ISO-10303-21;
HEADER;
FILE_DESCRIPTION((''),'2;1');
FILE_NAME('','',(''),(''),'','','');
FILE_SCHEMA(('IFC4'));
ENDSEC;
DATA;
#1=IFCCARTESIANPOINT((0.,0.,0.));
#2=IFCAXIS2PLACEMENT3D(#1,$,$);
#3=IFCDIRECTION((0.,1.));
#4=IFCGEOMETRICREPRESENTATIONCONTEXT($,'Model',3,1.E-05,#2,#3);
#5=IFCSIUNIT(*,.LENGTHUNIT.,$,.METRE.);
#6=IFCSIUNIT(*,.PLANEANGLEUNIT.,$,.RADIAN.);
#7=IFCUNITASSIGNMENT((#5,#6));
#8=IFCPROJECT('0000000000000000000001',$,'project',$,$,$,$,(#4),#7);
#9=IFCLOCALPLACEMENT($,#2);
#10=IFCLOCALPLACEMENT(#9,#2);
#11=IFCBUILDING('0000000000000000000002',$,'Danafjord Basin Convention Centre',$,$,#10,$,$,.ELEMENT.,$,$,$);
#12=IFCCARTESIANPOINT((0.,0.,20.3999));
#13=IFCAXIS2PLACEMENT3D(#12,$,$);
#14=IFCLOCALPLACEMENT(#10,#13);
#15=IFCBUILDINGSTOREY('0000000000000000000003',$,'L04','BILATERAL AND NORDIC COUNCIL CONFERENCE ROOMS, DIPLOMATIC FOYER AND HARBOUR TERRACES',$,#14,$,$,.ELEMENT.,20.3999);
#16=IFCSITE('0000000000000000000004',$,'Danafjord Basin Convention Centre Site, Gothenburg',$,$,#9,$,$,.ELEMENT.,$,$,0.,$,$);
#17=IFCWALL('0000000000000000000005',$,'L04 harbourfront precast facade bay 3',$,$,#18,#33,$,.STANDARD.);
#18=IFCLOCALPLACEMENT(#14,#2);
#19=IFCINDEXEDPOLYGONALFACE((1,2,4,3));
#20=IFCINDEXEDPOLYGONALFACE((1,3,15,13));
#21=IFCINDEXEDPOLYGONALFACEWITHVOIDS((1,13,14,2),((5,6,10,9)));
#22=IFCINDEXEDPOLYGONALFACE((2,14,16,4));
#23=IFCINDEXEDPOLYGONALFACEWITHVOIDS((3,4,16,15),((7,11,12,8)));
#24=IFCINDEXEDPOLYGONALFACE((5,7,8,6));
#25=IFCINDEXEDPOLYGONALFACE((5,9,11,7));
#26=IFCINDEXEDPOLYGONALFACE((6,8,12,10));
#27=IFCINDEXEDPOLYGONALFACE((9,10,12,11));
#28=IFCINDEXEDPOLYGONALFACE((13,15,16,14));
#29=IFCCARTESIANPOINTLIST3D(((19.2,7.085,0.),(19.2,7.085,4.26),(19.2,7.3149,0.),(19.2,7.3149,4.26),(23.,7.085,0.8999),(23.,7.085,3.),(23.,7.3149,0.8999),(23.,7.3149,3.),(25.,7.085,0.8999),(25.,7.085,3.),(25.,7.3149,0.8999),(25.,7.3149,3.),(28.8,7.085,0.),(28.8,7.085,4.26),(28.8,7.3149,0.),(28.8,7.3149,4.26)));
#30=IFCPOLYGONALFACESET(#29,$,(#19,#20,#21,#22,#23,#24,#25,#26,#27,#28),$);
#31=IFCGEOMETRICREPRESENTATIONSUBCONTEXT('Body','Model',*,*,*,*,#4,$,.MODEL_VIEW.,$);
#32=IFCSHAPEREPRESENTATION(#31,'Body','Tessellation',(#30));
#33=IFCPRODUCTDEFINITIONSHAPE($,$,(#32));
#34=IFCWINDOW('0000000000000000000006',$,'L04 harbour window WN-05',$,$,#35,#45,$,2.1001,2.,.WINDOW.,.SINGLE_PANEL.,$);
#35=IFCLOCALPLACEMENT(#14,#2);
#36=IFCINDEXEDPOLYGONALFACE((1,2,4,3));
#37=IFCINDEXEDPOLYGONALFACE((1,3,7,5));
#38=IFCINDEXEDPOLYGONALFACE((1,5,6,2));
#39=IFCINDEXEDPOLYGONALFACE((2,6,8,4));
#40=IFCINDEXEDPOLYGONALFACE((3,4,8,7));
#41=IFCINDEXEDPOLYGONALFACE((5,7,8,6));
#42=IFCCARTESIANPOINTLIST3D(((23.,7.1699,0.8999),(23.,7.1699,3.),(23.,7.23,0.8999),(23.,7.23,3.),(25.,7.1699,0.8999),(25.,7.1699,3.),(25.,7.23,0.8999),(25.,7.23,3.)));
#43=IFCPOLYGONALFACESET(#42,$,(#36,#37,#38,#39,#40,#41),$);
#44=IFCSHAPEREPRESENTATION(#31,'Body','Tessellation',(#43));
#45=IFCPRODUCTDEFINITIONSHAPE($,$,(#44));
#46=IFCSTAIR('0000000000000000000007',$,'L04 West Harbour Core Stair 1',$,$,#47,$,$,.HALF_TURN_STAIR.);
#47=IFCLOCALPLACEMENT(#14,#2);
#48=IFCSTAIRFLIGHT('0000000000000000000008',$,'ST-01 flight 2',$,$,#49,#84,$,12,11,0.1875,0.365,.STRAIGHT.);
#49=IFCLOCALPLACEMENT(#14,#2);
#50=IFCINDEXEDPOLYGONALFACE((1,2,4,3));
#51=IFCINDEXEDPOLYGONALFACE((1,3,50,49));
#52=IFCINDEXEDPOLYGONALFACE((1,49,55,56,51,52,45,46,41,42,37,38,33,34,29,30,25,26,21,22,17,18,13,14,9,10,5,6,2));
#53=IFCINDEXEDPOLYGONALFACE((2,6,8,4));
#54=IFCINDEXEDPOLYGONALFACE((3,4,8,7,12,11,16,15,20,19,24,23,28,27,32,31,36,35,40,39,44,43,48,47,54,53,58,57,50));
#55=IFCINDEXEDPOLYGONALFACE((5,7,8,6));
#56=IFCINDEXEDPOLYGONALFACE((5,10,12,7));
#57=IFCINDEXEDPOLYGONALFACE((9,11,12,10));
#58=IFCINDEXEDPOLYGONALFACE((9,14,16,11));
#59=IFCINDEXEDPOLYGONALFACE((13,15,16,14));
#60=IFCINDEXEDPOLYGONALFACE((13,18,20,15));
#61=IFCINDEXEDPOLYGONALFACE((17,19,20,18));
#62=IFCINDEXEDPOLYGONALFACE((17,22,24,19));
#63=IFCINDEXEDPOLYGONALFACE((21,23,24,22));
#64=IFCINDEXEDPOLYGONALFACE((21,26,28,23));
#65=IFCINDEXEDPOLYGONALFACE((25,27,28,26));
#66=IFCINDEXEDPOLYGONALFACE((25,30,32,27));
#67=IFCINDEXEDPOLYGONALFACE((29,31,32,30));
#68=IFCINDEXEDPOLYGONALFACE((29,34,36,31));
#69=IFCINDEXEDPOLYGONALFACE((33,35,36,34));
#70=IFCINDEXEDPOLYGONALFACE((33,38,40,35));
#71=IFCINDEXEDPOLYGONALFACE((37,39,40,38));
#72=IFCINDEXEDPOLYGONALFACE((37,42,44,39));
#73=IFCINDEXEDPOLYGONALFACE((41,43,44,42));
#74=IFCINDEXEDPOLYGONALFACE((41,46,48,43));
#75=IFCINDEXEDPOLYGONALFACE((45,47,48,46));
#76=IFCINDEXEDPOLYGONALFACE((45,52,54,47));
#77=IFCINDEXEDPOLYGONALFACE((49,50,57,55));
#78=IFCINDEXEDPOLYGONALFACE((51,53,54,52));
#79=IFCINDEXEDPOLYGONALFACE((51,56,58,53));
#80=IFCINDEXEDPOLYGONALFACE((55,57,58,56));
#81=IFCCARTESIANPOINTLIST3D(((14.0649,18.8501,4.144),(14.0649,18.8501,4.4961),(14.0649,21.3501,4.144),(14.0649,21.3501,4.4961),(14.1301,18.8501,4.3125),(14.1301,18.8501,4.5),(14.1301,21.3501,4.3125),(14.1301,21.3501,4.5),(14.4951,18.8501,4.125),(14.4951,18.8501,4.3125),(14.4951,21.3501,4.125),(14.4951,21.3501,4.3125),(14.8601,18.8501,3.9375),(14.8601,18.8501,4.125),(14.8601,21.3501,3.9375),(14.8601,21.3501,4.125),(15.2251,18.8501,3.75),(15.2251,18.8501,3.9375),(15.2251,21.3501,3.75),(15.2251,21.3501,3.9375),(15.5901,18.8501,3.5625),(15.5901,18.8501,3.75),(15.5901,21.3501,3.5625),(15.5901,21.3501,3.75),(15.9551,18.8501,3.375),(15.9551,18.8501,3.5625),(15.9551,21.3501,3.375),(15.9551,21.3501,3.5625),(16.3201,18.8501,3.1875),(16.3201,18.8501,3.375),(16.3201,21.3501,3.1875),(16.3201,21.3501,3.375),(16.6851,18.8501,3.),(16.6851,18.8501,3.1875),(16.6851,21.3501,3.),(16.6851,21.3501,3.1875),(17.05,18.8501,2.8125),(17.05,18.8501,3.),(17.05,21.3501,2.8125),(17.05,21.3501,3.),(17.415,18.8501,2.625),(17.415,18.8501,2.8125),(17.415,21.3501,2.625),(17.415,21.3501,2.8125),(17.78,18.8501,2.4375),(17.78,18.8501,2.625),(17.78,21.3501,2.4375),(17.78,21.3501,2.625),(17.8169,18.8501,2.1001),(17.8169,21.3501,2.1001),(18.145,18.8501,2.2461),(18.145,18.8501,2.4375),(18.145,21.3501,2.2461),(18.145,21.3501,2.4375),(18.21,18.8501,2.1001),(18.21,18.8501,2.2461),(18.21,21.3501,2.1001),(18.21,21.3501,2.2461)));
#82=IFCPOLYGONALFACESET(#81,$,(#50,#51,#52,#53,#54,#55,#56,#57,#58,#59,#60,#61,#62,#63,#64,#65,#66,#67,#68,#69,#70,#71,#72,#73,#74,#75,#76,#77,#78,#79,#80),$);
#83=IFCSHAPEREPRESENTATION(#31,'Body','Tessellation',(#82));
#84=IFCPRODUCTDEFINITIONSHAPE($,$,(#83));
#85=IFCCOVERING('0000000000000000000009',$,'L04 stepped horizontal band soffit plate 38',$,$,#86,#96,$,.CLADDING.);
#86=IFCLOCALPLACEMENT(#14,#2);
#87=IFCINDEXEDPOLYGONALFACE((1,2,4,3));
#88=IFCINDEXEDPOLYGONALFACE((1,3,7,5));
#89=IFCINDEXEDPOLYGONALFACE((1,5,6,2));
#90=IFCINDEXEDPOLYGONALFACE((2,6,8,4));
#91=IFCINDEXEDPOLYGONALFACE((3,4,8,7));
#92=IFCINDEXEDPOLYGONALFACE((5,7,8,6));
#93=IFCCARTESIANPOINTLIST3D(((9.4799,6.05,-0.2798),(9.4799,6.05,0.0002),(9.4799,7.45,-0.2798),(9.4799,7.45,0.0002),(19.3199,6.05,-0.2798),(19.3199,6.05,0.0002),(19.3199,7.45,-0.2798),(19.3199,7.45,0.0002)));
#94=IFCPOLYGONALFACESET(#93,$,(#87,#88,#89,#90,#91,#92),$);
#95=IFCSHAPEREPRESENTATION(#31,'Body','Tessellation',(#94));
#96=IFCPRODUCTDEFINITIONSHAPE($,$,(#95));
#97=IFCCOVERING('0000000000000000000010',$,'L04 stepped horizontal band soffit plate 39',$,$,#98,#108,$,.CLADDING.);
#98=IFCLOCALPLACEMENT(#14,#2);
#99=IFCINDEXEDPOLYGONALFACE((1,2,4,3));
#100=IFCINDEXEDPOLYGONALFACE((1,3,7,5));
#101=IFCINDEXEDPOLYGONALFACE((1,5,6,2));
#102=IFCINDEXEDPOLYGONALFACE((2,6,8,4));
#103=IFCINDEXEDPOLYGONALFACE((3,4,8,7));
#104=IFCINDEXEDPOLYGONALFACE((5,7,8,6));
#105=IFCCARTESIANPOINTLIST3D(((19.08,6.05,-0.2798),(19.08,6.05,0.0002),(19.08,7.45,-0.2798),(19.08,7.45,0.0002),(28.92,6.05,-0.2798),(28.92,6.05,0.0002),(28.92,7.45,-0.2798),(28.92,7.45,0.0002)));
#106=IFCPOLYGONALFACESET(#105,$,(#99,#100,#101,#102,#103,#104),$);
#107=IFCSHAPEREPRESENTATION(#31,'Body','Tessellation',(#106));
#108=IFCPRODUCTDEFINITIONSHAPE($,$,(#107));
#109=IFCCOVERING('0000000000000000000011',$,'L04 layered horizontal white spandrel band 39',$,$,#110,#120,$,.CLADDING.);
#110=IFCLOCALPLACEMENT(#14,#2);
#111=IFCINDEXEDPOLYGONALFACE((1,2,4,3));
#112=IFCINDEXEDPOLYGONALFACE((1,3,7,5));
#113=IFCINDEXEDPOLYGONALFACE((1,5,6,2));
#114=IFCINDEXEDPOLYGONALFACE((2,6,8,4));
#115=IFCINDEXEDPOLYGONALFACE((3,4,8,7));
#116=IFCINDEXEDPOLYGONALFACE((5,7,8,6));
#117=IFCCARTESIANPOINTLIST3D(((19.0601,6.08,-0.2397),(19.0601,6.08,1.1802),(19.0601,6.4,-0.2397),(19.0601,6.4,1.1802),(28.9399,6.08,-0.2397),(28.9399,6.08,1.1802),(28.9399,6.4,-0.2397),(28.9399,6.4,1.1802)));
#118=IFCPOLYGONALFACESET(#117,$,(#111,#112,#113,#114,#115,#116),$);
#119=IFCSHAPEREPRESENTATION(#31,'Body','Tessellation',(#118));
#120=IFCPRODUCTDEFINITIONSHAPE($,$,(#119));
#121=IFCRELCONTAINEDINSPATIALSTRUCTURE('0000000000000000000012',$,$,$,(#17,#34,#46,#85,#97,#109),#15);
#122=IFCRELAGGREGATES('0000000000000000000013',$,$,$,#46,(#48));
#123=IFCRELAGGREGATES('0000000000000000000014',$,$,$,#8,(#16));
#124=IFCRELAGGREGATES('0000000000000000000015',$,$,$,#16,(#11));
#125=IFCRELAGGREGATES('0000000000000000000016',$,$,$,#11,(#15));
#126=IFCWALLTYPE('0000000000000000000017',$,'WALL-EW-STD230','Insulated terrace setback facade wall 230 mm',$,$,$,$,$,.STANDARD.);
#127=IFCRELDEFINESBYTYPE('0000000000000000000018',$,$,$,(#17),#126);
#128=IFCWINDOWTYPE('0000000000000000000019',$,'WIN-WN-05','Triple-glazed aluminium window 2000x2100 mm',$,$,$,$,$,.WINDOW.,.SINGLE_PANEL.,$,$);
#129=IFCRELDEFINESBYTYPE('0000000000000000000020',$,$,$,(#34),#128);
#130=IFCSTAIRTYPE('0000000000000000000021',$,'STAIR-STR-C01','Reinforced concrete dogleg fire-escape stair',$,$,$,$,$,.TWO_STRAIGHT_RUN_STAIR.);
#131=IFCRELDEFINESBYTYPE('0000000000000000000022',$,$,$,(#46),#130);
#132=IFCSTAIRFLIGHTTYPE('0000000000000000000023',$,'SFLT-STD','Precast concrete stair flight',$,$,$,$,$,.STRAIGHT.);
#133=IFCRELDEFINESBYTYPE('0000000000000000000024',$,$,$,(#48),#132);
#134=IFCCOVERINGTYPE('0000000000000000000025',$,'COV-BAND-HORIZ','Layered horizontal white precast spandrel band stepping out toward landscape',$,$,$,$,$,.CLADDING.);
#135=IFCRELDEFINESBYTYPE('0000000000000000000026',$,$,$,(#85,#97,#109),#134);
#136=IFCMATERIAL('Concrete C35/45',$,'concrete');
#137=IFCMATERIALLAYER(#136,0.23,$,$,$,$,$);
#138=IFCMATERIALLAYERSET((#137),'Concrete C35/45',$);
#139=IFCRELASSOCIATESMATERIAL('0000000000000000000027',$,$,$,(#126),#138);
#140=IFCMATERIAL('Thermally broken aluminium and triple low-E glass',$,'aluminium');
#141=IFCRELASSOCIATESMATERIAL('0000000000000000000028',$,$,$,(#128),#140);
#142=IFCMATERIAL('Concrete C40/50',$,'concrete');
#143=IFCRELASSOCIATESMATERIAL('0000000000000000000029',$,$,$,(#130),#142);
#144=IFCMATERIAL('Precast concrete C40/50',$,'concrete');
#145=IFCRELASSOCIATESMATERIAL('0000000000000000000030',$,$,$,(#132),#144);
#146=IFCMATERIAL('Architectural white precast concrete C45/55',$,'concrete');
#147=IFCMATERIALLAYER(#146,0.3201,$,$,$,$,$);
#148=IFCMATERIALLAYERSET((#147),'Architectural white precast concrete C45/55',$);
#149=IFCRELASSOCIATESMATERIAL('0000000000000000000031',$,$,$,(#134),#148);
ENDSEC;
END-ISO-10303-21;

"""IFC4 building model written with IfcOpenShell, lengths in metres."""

from ifc_helpers import new_model, si_unit, direction, frame, frame_2d, origin, origin_2d, place, context, subcontext, project, spatial, polyline, rectangle, outline, extrude, material, layer, layer_set, type_object, element, fill, aggregate, save


model = new_model("IFC4")

# Units and contexts
model_context = context("Model", 3, precision=1e-05, world=origin(), true_north=direction((0.0, 1.0)))
body_context = subcontext(model_context, "Body", "Model", "MODEL_VIEW")
ifc_project = project(units=[si_unit("LENGTHUNIT", "METRE"), si_unit("PLANEANGLEUNIT", "RADIAN")], contexts=[model_context])

# Site, building, storey
site_placement = place(None, origin())
site = spatial("IfcSite", under=ifc_project, at=site_placement, Name="Danafjord Basin Convention Centre Site, Gothenburg", CompositionType="ELEMENT", RefElevation=0.0)
building_placement = place(site_placement, origin())
building = spatial("IfcBuilding", under=site, at=building_placement, Name="Danafjord Basin Convention Centre", CompositionType="ELEMENT")
storey_placement = place(building_placement, frame((0.0, 0.0, 20.3999)))
storey = spatial("IfcBuildingStorey", under=building, at=storey_placement, Name="L04", Description="BILATERAL AND NORDIC COUNCIL CONFERENCE ROOMS, DIPLOMATIC FOYER AND HARBOUR TERRACES", CompositionType="ELEMENT", Elevation=20.3999)

# Shared definitions
ifc_material_1 = material(Name="Concrete C40/50", Category="concrete")

# Wall, opening, window
ifc_material_2 = material(Name="Concrete C35/45", Category="concrete")
ifc_layer_1 = layer(ifc_material_2, 0.23)
ifc_layer_set_1 = layer_set([ifc_layer_1], Name="Concrete C35/45")
wall_type_1 = type_object("IfcWallType", Name="WALL-EW-STD230", Description="Insulated terrace setback facade wall 230 mm", PredefinedType="STANDARD", material=ifc_layer_set_1)
wall_1_placement = place(storey_placement, frame((19.2, 7.2, 0.0), z_axis=(0.0, 0.0, 1.0), x_axis=(1.0, 0.0, 0.0)))
wall_1 = element("IfcWall", 1, at=wall_1_placement, inside=storey, type_object=wall_type_1, Name="L04 harbourfront precast facade bay 3", PredefinedType="STANDARD", context=body_context, shape_type="SweptSolid", body=[
    extrude(rectangle(XDim=9.6001, YDim=0.23, at=frame_2d((4.8, 0.0))), origin(), (0.0, 0.0, 1.0), 4.26),
])
opening_placement = place(wall_1_placement, frame((3.8, 0.0, 0.8999)))
opening = element("IfcOpeningElement", 2, at=opening_placement, cuts=wall_1, PredefinedType="OPENING", context=body_context, shape_type="SweptSolid", body=[
    extrude(rectangle(XDim=2.0, YDim=2.1001, at=frame_2d((1.0, 1.05))), frame((0.0, 0.125, 0.0), z_axis=(0.0, -1.0, 0.0), x_axis=(1.0, 0.0, 0.0)), (0.0, 0.0, 1.0), 0.25),
])
ifc_material_3 = material(Name="Thermally broken aluminium and triple low-E glass", Category="aluminium")
window_type = type_object("IfcWindowType", Name="WIN-WN-05", Description="Triple-glazed aluminium window 2000x2100 mm", PartitioningType="SINGLE_PANEL", PredefinedType="WINDOW", material=ifc_material_3)
window_placement = place(opening_placement, origin())
window = element("IfcWindow", 3, at=window_placement, inside=storey, type_object=window_type, Name="L04 harbour window WN-05", OverallHeight=2.1001, OverallWidth=2.0, PartitioningType="SINGLE_PANEL", PredefinedType="WINDOW", context=body_context, shape_type="SweptSolid", body=[
    extrude(rectangle(XDim=2.0, YDim=2.1001, at=frame_2d((1.0, 1.05))), frame((0.0, 0.03, 0.0), z_axis=(0.0, -1.0, 0.0), x_axis=(1.0, 0.0, 0.0)), (0.0, 0.0, 1.0), 0.0601),
])
fill(opening, window)

# Stair, stair flight
stair_type = type_object("IfcStairType", Name="STAIR-STR-C01", Description="Reinforced concrete dogleg fire-escape stair", PredefinedType="TWO_STRAIGHT_RUN_STAIR", material=ifc_material_1)
stair_placement = place(storey_placement, origin())
stair = element("IfcStair", 4, at=stair_placement, inside=storey, type_object=stair_type, Name="L04 West Harbour Core Stair 1", PredefinedType="HALF_TURN_STAIR")
ifc_material_4 = material(Name="Precast concrete C40/50", Category="concrete")
stair_flight_type = type_object("IfcStairFlightType", Name="SFLT-STD", Description="Precast concrete stair flight", PredefinedType="STRAIGHT", material=ifc_material_4)
stair_flight_placement = place(storey_placement, frame((18.145, 20.1001, 2.25), z_axis=(0.0, 0.0, 1.0), x_axis=(-1.0, 0.0, 0.0)))
stair_flight = element("IfcStairFlight", 5, at=stair_flight_placement, type_object=stair_flight_type, Name="ST-01 flight 2", NumberOfRisers=12, NumberOfTreads=11, PredefinedType="STRAIGHT", RiserHeight=0.1875, TreadLength=0.365, context=body_context, shape_type="SweptSolid", body=[
    extrude(outline(polyline([(-0.0649, -0.1499), (-0.0649, -0.0039), (0.0, -0.0039), (0.0, 0.1875), (0.365, 0.1875), (0.365, 0.375), (0.73, 0.375), (0.73, 0.5625), (1.095, 0.5625), (1.095, 0.75), (1.46, 0.75), (1.46, 0.9375), (1.825, 0.9375), (1.825, 1.125), (2.1899, 1.125), (2.1899, 1.3125), (2.5549, 1.3125), (2.5549, 1.5), (2.9199, 1.5), (2.9199, 1.6875), (3.2849, 1.6875), (3.2849, 1.875), (3.6499, 1.875), (3.6499, 2.0625), (4.0149, 2.0625), (4.0149, 2.25), (4.0801, 2.2461), (4.0801, 1.894), (0.3281, -0.1499), (-0.0649, -0.1499)])), frame((0.0, 1.25, 0.0), z_axis=(0.0, -1.0, 0.0), x_axis=(1.0, 0.0, 0.0)), (0.0, 0.0, 1.0), 2.5),
])
aggregate(stair, [stair_flight])

# Coverings
ifc_material_5 = material(Name="Architectural white precast concrete C45/55", Category="concrete")
ifc_layer_2 = layer(ifc_material_5, 0.3201)
ifc_layer_set_2 = layer_set([ifc_layer_2], Name="Architectural white precast concrete C45/55")
covering_type = type_object("IfcCoveringType", Name="COV-BAND-HORIZ", Description="Layered horizontal white precast spandrel band stepping out toward landscape", PredefinedType="CLADDING", material=ifc_layer_set_2)
for number, where, z_axis, x_axis, name in (
    (6, (14.3999, 6.75, -0.2798), (0.0, 0.0, 1.0), (1.0, 0.0, 0.0), "L04 stepped horizontal band soffit plate 38"),
    (7, (24.0, 6.75, -0.2798), (0.0, 0.0, 1.0), (1.0, 0.0, 0.0), "L04 stepped horizontal band soffit plate 39"),
):
    element("IfcCovering", number, at=place(storey_placement, frame(where, z_axis=z_axis, x_axis=x_axis)), inside=storey, type_object=covering_type, Name=name, PredefinedType="CLADDING", context=body_context, shape_type="SweptSolid", body=[
        extrude(rectangle(XDim=9.8401, YDim=1.3999, at=origin_2d()), origin(), (0.0, 0.0, 1.0), 0.28),
    ])
covering_placement = place(storey_placement, frame((24.0, 6.24, -0.2397), z_axis=(0.0, 0.0, 1.0), x_axis=(1.0, 0.0, 0.0)))
element("IfcCovering", 8, at=covering_placement, inside=storey, type_object=covering_type, Name="L04 layered horizontal white spandrel band 39", PredefinedType="CLADDING", context=body_context, shape_type="SweptSolid", body=[
    extrude(rectangle(XDim=9.8799, YDim=0.3201, at=origin_2d()), origin(), (0.0, 0.0, 1.0), 1.4199),
])

save(model, "model.ifc")
